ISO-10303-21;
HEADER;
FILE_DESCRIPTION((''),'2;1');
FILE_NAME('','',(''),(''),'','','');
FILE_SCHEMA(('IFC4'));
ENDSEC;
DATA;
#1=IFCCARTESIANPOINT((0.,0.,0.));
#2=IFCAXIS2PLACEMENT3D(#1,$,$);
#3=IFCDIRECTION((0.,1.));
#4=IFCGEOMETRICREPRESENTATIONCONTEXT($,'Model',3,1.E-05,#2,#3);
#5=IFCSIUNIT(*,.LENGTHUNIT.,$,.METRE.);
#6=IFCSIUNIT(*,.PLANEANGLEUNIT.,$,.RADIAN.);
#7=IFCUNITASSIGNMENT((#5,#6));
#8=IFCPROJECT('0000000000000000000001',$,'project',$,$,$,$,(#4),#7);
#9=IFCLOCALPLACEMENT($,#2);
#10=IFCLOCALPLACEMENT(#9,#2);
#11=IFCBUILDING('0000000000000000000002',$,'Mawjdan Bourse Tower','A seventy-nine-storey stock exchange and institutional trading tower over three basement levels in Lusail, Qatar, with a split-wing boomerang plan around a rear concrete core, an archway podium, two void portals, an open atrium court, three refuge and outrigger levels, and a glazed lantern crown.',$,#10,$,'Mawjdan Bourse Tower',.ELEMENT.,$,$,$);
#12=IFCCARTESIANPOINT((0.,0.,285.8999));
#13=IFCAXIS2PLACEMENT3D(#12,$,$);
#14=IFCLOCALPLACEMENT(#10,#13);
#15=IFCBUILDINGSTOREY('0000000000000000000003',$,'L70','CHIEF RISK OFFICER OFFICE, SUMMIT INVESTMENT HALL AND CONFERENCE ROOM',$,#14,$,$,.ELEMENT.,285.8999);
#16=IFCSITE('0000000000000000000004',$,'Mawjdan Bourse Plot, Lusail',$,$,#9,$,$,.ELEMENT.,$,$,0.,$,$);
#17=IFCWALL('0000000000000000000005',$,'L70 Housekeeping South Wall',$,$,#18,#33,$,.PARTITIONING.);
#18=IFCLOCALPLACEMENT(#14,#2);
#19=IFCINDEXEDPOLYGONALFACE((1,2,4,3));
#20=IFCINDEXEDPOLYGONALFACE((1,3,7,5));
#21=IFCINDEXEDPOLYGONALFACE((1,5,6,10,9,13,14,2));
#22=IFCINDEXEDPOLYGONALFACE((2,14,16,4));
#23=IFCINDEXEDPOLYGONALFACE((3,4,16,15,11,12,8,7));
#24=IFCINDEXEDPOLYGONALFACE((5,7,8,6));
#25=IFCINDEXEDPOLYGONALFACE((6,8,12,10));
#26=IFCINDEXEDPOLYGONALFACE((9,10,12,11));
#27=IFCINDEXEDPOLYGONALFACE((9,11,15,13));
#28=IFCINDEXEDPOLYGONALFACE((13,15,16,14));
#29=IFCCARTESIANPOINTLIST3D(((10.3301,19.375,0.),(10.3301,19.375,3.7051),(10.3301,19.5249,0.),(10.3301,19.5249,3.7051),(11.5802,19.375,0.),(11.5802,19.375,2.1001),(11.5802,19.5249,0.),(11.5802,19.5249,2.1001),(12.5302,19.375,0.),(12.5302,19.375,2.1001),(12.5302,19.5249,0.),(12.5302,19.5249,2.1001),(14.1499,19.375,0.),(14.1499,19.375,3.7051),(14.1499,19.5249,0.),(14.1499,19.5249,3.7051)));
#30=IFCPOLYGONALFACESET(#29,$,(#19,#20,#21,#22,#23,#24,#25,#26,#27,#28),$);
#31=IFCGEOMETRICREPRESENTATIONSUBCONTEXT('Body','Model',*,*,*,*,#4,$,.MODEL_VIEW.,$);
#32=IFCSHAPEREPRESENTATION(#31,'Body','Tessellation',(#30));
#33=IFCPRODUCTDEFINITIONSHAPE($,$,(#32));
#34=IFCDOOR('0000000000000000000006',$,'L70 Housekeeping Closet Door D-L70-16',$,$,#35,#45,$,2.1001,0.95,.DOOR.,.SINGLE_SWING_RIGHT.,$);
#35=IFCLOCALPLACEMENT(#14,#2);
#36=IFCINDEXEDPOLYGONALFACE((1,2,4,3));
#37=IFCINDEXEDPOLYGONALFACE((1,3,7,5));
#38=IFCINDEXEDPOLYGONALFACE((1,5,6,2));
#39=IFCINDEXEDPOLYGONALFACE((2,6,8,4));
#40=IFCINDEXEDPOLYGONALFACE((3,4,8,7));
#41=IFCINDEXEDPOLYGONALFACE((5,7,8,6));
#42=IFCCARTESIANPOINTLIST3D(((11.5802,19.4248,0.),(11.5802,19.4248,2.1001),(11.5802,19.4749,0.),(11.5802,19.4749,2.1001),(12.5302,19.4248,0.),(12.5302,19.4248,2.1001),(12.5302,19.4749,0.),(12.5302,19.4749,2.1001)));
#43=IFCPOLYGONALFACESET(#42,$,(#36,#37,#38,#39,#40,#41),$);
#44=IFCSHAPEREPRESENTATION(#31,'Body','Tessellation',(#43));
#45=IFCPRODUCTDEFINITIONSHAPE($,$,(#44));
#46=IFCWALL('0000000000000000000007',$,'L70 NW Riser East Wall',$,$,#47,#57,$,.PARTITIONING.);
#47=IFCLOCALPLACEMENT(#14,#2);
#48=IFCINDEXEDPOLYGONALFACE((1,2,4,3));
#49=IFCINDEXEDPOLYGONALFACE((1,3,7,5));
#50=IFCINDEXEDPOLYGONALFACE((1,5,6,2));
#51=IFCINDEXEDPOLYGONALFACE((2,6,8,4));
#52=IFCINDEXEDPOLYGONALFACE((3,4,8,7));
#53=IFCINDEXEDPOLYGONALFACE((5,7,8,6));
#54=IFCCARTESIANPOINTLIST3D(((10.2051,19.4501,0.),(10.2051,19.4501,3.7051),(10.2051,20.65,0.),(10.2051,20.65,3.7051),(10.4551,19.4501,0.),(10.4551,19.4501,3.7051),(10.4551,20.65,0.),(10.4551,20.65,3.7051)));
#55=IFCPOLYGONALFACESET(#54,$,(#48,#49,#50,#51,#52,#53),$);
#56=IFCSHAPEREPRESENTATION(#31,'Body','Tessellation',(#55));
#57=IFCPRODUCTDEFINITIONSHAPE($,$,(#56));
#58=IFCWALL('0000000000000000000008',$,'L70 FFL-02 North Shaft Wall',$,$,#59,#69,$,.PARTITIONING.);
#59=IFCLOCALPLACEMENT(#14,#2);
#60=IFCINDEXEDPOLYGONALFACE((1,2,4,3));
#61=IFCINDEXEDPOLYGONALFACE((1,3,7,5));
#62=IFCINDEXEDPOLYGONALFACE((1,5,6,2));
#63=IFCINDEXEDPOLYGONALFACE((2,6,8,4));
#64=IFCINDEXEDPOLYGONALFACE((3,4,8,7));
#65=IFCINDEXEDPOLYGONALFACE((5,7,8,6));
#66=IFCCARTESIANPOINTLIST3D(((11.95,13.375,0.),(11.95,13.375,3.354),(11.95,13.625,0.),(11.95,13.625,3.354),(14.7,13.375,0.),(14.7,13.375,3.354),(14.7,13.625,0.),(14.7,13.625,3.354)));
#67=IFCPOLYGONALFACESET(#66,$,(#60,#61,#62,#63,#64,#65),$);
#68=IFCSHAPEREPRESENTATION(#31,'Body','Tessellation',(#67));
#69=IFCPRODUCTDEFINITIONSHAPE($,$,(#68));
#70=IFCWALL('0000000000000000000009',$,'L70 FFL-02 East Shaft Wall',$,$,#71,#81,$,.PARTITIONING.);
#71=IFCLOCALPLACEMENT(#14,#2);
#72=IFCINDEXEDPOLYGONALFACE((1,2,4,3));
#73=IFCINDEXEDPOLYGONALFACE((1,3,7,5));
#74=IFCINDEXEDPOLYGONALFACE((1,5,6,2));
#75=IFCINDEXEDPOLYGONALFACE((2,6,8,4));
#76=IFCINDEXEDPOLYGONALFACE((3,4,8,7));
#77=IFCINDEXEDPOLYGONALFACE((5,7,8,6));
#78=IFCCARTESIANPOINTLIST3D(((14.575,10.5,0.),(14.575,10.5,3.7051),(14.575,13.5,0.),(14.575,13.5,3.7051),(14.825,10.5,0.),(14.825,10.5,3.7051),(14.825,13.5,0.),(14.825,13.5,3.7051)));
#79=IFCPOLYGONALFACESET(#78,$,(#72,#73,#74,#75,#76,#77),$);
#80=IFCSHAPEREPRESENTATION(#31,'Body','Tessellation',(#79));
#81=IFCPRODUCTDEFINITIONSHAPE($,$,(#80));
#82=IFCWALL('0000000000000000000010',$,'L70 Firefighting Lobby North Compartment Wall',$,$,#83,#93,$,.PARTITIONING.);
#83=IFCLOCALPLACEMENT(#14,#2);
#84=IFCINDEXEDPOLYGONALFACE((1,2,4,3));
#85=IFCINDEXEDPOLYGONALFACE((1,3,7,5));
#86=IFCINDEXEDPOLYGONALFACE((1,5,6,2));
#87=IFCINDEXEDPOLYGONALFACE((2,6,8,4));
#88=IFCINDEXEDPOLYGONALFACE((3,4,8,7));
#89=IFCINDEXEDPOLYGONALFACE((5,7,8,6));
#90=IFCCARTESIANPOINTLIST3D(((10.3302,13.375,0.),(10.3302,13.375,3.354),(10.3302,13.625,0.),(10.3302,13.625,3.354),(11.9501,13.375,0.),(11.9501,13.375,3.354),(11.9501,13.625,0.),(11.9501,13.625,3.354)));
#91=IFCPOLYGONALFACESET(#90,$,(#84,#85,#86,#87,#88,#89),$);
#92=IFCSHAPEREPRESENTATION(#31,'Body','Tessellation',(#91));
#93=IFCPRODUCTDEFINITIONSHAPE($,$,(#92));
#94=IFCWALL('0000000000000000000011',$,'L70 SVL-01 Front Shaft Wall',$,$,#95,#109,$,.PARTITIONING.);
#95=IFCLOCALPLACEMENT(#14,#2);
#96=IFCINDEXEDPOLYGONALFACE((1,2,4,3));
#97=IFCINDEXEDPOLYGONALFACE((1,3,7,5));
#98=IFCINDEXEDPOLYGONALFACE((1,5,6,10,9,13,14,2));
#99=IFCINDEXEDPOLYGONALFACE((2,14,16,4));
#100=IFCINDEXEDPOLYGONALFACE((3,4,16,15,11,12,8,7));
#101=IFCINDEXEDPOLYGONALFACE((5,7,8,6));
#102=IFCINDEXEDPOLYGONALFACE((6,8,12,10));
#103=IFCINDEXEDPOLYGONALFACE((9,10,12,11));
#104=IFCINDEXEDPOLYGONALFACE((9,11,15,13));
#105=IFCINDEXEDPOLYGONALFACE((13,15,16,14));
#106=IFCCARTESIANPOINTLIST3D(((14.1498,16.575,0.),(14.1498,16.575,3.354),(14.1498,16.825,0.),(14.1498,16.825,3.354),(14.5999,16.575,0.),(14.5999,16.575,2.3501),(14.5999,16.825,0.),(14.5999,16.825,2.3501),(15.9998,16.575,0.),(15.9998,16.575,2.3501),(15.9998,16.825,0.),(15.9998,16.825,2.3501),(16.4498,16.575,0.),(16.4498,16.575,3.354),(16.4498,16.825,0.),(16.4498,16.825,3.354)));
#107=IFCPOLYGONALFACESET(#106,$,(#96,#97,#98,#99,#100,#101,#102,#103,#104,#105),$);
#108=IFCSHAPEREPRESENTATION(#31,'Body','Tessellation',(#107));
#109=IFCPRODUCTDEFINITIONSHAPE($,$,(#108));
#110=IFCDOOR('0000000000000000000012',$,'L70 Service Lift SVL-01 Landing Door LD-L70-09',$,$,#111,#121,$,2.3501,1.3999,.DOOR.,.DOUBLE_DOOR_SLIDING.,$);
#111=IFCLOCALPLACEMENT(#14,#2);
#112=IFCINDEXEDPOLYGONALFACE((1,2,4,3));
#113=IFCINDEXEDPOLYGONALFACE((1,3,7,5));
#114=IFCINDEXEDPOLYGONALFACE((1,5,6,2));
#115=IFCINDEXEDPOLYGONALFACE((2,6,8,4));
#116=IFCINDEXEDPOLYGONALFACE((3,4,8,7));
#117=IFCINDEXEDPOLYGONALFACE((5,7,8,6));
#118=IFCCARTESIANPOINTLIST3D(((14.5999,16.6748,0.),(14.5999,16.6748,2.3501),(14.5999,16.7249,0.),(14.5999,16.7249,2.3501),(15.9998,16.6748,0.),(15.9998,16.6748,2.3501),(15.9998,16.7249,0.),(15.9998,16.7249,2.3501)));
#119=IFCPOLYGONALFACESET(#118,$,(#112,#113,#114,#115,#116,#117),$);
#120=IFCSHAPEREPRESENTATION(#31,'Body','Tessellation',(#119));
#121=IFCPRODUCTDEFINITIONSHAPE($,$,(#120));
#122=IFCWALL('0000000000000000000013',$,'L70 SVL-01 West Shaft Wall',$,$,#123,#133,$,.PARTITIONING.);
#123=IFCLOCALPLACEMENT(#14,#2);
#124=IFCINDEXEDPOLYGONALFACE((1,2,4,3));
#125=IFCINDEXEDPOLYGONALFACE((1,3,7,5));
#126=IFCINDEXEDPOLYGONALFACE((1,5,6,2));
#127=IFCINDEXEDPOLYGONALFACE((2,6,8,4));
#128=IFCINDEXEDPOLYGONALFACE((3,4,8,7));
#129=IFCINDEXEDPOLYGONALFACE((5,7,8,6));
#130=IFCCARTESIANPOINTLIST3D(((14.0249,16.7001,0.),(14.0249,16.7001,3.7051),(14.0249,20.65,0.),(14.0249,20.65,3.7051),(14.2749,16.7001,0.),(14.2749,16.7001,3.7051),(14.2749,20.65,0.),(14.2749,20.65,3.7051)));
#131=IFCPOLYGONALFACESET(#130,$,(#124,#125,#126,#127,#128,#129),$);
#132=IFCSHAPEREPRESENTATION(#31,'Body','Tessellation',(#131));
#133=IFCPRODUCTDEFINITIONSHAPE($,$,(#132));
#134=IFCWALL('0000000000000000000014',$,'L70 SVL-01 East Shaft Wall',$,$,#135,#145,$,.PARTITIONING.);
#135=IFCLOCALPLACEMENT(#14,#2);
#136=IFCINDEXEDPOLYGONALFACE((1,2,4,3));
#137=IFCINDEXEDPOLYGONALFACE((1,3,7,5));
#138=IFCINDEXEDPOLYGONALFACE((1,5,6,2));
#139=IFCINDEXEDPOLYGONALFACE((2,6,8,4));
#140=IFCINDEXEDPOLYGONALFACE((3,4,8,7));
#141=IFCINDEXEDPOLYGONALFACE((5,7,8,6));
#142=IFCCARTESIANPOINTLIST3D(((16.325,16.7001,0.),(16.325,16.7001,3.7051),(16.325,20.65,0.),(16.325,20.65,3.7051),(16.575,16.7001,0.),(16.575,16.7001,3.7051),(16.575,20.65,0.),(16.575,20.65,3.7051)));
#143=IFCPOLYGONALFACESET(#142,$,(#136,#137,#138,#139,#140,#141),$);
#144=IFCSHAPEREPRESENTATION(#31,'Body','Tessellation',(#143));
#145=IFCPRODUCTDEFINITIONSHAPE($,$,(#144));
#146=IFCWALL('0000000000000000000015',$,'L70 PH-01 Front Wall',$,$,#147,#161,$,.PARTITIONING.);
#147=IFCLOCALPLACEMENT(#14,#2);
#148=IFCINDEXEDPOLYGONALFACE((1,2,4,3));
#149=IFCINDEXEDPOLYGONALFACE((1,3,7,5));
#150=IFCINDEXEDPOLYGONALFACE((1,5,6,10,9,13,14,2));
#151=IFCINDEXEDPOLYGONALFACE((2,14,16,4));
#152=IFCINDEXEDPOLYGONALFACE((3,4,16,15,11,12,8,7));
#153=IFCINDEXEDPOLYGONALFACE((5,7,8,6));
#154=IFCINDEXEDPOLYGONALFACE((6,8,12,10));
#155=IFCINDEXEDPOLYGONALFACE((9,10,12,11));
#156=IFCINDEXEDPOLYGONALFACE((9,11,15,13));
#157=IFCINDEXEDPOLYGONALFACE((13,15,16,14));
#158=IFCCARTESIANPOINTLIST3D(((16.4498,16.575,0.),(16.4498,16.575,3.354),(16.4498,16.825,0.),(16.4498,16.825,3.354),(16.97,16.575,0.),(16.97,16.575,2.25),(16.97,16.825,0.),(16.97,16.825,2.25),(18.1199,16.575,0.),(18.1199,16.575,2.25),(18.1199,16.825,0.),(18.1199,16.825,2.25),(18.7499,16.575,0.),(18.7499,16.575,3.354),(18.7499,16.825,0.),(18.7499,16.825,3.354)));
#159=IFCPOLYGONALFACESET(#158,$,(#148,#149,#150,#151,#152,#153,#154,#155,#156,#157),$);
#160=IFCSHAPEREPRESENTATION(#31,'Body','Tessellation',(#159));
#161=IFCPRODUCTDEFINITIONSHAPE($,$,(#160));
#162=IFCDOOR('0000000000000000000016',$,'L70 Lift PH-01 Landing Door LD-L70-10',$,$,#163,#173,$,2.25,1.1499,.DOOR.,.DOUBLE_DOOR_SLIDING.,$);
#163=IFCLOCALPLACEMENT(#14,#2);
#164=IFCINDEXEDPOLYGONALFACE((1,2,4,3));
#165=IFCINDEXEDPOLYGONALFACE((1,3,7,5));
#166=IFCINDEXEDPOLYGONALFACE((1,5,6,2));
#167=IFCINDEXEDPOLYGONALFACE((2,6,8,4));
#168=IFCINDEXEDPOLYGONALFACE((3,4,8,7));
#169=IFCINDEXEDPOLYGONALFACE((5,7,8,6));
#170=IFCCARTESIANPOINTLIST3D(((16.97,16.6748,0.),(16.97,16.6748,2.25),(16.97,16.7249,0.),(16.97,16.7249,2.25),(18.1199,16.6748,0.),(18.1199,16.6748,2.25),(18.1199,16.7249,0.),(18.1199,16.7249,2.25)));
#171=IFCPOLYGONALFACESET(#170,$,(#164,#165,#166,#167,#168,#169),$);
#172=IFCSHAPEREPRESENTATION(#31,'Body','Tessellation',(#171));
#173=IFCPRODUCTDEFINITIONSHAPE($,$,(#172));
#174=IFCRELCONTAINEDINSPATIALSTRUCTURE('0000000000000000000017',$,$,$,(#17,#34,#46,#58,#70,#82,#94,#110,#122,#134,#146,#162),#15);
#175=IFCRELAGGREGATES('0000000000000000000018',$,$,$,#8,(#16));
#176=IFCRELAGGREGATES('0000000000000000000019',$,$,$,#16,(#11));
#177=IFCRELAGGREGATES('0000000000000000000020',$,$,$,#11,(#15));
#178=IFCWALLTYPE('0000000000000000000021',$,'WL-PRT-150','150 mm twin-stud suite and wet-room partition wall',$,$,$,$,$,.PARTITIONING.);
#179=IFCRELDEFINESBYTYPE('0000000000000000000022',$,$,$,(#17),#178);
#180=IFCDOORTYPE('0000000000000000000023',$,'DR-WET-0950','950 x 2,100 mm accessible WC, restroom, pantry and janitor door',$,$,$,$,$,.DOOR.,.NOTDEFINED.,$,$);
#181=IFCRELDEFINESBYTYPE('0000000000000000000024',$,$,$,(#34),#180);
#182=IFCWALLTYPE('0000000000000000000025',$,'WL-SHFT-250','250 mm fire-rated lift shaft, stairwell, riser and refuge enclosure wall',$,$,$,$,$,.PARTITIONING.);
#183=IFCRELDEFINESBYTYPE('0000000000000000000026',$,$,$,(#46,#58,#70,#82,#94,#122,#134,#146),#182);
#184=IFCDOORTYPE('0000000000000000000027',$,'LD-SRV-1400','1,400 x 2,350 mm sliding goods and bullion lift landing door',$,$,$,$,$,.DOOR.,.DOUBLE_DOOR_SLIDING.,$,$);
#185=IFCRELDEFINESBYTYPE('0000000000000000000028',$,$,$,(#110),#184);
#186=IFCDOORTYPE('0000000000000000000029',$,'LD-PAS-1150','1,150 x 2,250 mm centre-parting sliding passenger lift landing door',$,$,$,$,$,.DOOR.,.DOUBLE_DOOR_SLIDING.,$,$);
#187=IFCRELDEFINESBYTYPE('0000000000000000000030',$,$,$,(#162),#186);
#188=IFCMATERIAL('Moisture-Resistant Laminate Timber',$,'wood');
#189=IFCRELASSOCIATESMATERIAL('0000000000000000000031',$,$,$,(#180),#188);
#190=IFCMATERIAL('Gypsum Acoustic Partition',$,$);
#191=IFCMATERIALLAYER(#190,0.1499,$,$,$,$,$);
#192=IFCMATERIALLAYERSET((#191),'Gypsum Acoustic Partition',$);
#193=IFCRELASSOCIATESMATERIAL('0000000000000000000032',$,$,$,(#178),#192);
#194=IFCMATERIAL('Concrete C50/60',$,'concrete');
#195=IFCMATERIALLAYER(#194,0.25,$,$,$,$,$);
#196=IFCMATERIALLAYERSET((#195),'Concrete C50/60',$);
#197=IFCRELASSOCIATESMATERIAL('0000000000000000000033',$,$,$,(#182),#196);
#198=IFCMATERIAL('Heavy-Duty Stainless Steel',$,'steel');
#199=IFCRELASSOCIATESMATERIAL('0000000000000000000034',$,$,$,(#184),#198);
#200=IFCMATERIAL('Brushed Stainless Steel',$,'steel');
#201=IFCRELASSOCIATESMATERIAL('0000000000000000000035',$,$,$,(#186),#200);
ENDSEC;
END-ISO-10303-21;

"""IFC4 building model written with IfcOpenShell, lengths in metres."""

from ifc_helpers import new_model, si_unit, direction, frame, frame_2d, origin, place, context, subcontext, project, spatial, rectangle, extrude, material, layer, layer_set, type_object, element, fill, save


model = new_model("IFC4")

# Units and contexts
model_context = context("Model", 3, precision=1e-05, world=origin(), true_north=direction((0.0, 1.0)))
body_context = subcontext(model_context, "Body", "Model", "MODEL_VIEW")
ifc_project = project(units=[si_unit("LENGTHUNIT", "METRE"), si_unit("PLANEANGLEUNIT", "RADIAN")], contexts=[model_context])

# Site, building, storey
site_placement = place(None, origin())
site = spatial("IfcSite", under=ifc_project, at=site_placement, Name="Mawjdan Bourse Plot, Lusail", CompositionType="ELEMENT", RefElevation=0.0)
building_placement = place(site_placement, origin())
building = spatial("IfcBuilding", under=site, at=building_placement, Name="Mawjdan Bourse Tower", Description="A seventy-nine-storey stock exchange and institutional trading tower over three basement levels in Lusail, Qatar, with a split-wing boomerang plan around a rear concrete core, an archway podium, two void portals, an open atrium court, three refuge and outrigger levels, and a glazed lantern crown.", LongName="Mawjdan Bourse Tower", CompositionType="ELEMENT")
storey_placement = place(building_placement, frame((0.0, 0.0, 285.8999)))
storey = spatial("IfcBuildingStorey", under=building, at=storey_placement, Name="L70", Description="CHIEF RISK OFFICER OFFICE, SUMMIT INVESTMENT HALL AND CONFERENCE ROOM", CompositionType="ELEMENT", Elevation=285.8999)

# Wall, opening, door
ifc_material_1 = material(Name="Moisture-Resistant Laminate Timber", Category="wood")
door_type_1 = type_object("IfcDoorType", Name="DR-WET-0950", Description="950 x 2,100 mm accessible WC, restroom, pantry and janitor door", OperationType="NOTDEFINED", PredefinedType="DOOR", material=ifc_material_1)
ifc_material_2 = material(Name="Gypsum Acoustic Partition")
ifc_layer_1 = layer(ifc_material_2, 0.1499)
ifc_layer_set_1 = layer_set([ifc_layer_1], Name="Gypsum Acoustic Partition")
wall_type_1 = type_object("IfcWallType", Name="WL-PRT-150", Description="150 mm twin-stud suite and wet-room partition wall", PredefinedType="PARTITIONING", material=ifc_layer_set_1)
wall_1_placement = place(storey_placement, frame((10.3301, 19.45, 0.0), z_axis=(0.0, 0.0, 1.0), x_axis=(1.0, 0.0, 0.0)))
wall_1 = element("IfcWall", 1, at=wall_1_placement, inside=storey, type_object=wall_type_1, Name="L70 Housekeeping South Wall", PredefinedType="PARTITIONING", context=body_context, shape_type="SweptSolid", body=[
    extrude(rectangle(XDim=3.8198, YDim=0.1499, at=frame_2d((1.9099, 0.0))), origin(), (0.0, 0.0, 1.0), 3.7051),
])
opening_1_placement = place(wall_1_placement, frame((1.25, 0.0, 0.0)))
opening_1 = element("IfcOpeningElement", 2, at=opening_1_placement, cuts=wall_1, PredefinedType="OPENING", context=body_context, shape_type="SweptSolid", body=[
    extrude(rectangle(XDim=0.95, YDim=2.1001, at=frame_2d((0.4751, 1.05))), frame((0.0, 0.085, 0.0), z_axis=(0.0, -1.0, 0.0), x_axis=(1.0, 0.0, 0.0)), (0.0, 0.0, 1.0), 0.1699),
])
door_1_placement = place(opening_1_placement, origin())
door_1 = element("IfcDoor", 3, at=door_1_placement, inside=storey, type_object=door_type_1, Name="L70 Housekeeping Closet Door D-L70-16", OperationType="SINGLE_SWING_RIGHT", OverallHeight=2.1001, OverallWidth=0.95, PredefinedType="DOOR", context=body_context, shape_type="SweptSolid", body=[
    extrude(rectangle(XDim=0.95, YDim=2.1001, at=frame_2d((0.4751, 1.05))), frame((0.0, 0.0249, 0.0), z_axis=(0.0, -1.0, 0.0), x_axis=(1.0, 0.0, 0.0)), (0.0, 0.0, 1.0), 0.05),
])
fill(opening_1, door_1)

# Walls
ifc_material_3 = material(Name="Concrete C50/60", Category="concrete")
ifc_layer_2 = layer(ifc_material_3, 0.25)
ifc_layer_set_2 = layer_set([ifc_layer_2], Name="Concrete C50/60")
wall_type_2 = type_object("IfcWallType", Name="WL-SHFT-250", Description="250 mm fire-rated lift shaft, stairwell, riser and refuge enclosure wall", PredefinedType="PARTITIONING", material=ifc_layer_set_2)
wall_2_placement = place(storey_placement, frame((10.3301, 19.45, 0.0), z_axis=(0.0, 0.0, 1.0), x_axis=(0.0, 1.0, 0.0)))
element("IfcWall", 4, at=wall_2_placement, inside=storey, type_object=wall_type_2, Name="L70 NW Riser East Wall", PredefinedType="PARTITIONING", context=body_context, shape_type="SweptSolid", body=[
    extrude(rectangle(XDim=1.2, YDim=0.25, at=frame_2d((0.6001, 0.0))), origin(), (0.0, 0.0, 1.0), 3.7051),
])
wall_3_placement = place(storey_placement, frame((11.95, 13.5, 0.0), z_axis=(0.0, 0.0, 1.0), x_axis=(1.0, 0.0, 0.0)))
element("IfcWall", 5, at=wall_3_placement, inside=storey, type_object=wall_type_2, Name="L70 FFL-02 North Shaft Wall", PredefinedType="PARTITIONING", context=body_context, shape_type="SweptSolid", body=[
    extrude(rectangle(XDim=2.75, YDim=0.25, at=frame_2d((1.375, 0.0))), origin(), (0.0, 0.0, 1.0), 3.354),
])
wall_4_placement = place(storey_placement, frame((14.7, 10.5, 0.0), z_axis=(0.0, 0.0, 1.0), x_axis=(0.0, 1.0, 0.0)))
element("IfcWall", 6, at=wall_4_placement, inside=storey, type_object=wall_type_2, Name="L70 FFL-02 East Shaft Wall", PredefinedType="PARTITIONING", context=body_context, shape_type="SweptSolid", body=[
    extrude(rectangle(XDim=3.0, YDim=0.25, at=frame_2d((1.5, 0.0))), origin(), (0.0, 0.0, 1.0), 3.7051),
])
wall_5_placement = place(storey_placement, frame((10.3301, 13.5, 0.0), z_axis=(0.0, 0.0, 1.0), x_axis=(1.0, 0.0, 0.0)))
element("IfcWall", 7, at=wall_5_placement, inside=storey, type_object=wall_type_2, Name="L70 Firefighting Lobby North Compartment Wall", PredefinedType="PARTITIONING", context=body_context, shape_type="SweptSolid", body=[
    extrude(rectangle(XDim=1.6199, YDim=0.25, at=frame_2d((0.8101, 0.0))), origin(), (0.0, 0.0, 1.0), 3.354),
])

# Wall, opening, door
wall_6_placement = place(storey_placement, frame((14.1499, 16.7, 0.0), z_axis=(0.0, 0.0, 1.0), x_axis=(1.0, 0.0, 0.0)))
wall_6 = element("IfcWall", 8, at=wall_6_placement, inside=storey, type_object=wall_type_2, Name="L70 SVL-01 Front Shaft Wall", PredefinedType="PARTITIONING", context=body_context, shape_type="SweptSolid", body=[
    extrude(rectangle(XDim=2.3, YDim=0.25, at=frame_2d((1.1499, 0.0))), origin(), (0.0, 0.0, 1.0), 3.354),
])
opening_2_placement = place(wall_6_placement, frame((0.45, 0.0, 0.0)))
opening_2 = element("IfcOpeningElement", 9, at=opening_2_placement, cuts=wall_6, PredefinedType="OPENING", context=body_context, shape_type="SweptSolid", body=[
    extrude(rectangle(XDim=1.3999, YDim=2.3501, at=frame_2d((0.7, 1.175))), frame((0.0, 0.135, 0.0), z_axis=(0.0, -1.0, 0.0), x_axis=(1.0, 0.0, 0.0)), (0.0, 0.0, 1.0), 0.27),
])
ifc_material_4 = material(Name="Heavy-Duty Stainless Steel", Category="steel")
door_type_2 = type_object("IfcDoorType", Name="LD-SRV-1400", Description="1,400 x 2,350 mm sliding goods and bullion lift landing door", OperationType="DOUBLE_DOOR_SLIDING", PredefinedType="DOOR", material=ifc_material_4)
door_2_placement = place(opening_2_placement, origin())
door_2 = element("IfcDoor", 10, at=door_2_placement, inside=storey, type_object=door_type_2, Name="L70 Service Lift SVL-01 Landing Door LD-L70-09", OperationType="DOUBLE_DOOR_SLIDING", OverallHeight=2.3501, OverallWidth=1.3999, PredefinedType="DOOR", context=body_context, shape_type="SweptSolid", body=[
    extrude(rectangle(XDim=1.3999, YDim=2.3501, at=frame_2d((0.7, 1.175))), frame((0.0, 0.0249, 0.0), z_axis=(0.0, -1.0, 0.0), x_axis=(1.0, 0.0, 0.0)), (0.0, 0.0, 1.0), 0.05),
])
fill(opening_2, door_2)

# Walls
for number, where, z_axis, x_axis, name in (
    (11, (14.1499, 16.7, 0.0), (0.0, 0.0, 1.0), (0.0, 1.0, 0.0), "L70 SVL-01 West Shaft Wall"),
    (12, (16.45, 16.7, 0.0), (0.0, 0.0, 1.0), (0.0, 1.0, 0.0), "L70 SVL-01 East Shaft Wall"),
):
    element("IfcWall", number, at=place(storey_placement, frame(where, z_axis=z_axis, x_axis=x_axis)), inside=storey, type_object=wall_type_2, Name=name, PredefinedType="PARTITIONING", context=body_context, shape_type="SweptSolid", body=[
        extrude(rectangle(XDim=3.95, YDim=0.25, at=frame_2d((1.9751, 0.0))), origin(), (0.0, 0.0, 1.0), 3.7051),
    ])

# Wall, opening, door
wall_7_placement = place(storey_placement, frame((16.45, 16.7, 0.0), z_axis=(0.0, 0.0, 1.0), x_axis=(1.0, 0.0, 0.0)))
wall_7 = element("IfcWall", 13, at=wall_7_placement, inside=storey, type_object=wall_type_2, Name="L70 PH-01 Front Wall", PredefinedType="PARTITIONING", context=body_context, shape_type="SweptSolid", body=[
    extrude(rectangle(XDim=2.3, YDim=0.25, at=frame_2d((1.1499, 0.0))), origin(), (0.0, 0.0, 1.0), 3.354),
])
opening_3_placement = place(wall_7_placement, frame((0.52, 0.0, 0.0)))
opening_3 = element("IfcOpeningElement", 14, at=opening_3_placement, cuts=wall_7, PredefinedType="OPENING", context=body_context, shape_type="SweptSolid", body=[
    extrude(rectangle(XDim=1.1499, YDim=2.25, at=frame_2d((0.575, 1.125))), frame((0.0, 0.135, 0.0), z_axis=(0.0, -1.0, 0.0), x_axis=(1.0, 0.0, 0.0)), (0.0, 0.0, 1.0), 0.27),
])
ifc_material_5 = material(Name="Brushed Stainless Steel", Category="steel")
door_type_3 = type_object("IfcDoorType", Name="LD-PAS-1150", Description="1,150 x 2,250 mm centre-parting sliding passenger lift landing door", OperationType="DOUBLE_DOOR_SLIDING", PredefinedType="DOOR", material=ifc_material_5)
door_3_placement = place(opening_3_placement, origin())
door_3 = element("IfcDoor", 15, at=door_3_placement, inside=storey, type_object=door_type_3, Name="L70 Lift PH-01 Landing Door LD-L70-10", OperationType="DOUBLE_DOOR_SLIDING", OverallHeight=2.25, OverallWidth=1.1499, PredefinedType="DOOR", context=body_context, shape_type="SweptSolid", body=[
    extrude(rectangle(XDim=1.1499, YDim=2.25, at=frame_2d((0.575, 1.125))), frame((0.0, 0.0249, 0.0), z_axis=(0.0, -1.0, 0.0), x_axis=(1.0, 0.0, 0.0)), (0.0, 0.0, 1.0), 0.05),
])
fill(opening_3, door_3)

save(model, "model.ifc")
